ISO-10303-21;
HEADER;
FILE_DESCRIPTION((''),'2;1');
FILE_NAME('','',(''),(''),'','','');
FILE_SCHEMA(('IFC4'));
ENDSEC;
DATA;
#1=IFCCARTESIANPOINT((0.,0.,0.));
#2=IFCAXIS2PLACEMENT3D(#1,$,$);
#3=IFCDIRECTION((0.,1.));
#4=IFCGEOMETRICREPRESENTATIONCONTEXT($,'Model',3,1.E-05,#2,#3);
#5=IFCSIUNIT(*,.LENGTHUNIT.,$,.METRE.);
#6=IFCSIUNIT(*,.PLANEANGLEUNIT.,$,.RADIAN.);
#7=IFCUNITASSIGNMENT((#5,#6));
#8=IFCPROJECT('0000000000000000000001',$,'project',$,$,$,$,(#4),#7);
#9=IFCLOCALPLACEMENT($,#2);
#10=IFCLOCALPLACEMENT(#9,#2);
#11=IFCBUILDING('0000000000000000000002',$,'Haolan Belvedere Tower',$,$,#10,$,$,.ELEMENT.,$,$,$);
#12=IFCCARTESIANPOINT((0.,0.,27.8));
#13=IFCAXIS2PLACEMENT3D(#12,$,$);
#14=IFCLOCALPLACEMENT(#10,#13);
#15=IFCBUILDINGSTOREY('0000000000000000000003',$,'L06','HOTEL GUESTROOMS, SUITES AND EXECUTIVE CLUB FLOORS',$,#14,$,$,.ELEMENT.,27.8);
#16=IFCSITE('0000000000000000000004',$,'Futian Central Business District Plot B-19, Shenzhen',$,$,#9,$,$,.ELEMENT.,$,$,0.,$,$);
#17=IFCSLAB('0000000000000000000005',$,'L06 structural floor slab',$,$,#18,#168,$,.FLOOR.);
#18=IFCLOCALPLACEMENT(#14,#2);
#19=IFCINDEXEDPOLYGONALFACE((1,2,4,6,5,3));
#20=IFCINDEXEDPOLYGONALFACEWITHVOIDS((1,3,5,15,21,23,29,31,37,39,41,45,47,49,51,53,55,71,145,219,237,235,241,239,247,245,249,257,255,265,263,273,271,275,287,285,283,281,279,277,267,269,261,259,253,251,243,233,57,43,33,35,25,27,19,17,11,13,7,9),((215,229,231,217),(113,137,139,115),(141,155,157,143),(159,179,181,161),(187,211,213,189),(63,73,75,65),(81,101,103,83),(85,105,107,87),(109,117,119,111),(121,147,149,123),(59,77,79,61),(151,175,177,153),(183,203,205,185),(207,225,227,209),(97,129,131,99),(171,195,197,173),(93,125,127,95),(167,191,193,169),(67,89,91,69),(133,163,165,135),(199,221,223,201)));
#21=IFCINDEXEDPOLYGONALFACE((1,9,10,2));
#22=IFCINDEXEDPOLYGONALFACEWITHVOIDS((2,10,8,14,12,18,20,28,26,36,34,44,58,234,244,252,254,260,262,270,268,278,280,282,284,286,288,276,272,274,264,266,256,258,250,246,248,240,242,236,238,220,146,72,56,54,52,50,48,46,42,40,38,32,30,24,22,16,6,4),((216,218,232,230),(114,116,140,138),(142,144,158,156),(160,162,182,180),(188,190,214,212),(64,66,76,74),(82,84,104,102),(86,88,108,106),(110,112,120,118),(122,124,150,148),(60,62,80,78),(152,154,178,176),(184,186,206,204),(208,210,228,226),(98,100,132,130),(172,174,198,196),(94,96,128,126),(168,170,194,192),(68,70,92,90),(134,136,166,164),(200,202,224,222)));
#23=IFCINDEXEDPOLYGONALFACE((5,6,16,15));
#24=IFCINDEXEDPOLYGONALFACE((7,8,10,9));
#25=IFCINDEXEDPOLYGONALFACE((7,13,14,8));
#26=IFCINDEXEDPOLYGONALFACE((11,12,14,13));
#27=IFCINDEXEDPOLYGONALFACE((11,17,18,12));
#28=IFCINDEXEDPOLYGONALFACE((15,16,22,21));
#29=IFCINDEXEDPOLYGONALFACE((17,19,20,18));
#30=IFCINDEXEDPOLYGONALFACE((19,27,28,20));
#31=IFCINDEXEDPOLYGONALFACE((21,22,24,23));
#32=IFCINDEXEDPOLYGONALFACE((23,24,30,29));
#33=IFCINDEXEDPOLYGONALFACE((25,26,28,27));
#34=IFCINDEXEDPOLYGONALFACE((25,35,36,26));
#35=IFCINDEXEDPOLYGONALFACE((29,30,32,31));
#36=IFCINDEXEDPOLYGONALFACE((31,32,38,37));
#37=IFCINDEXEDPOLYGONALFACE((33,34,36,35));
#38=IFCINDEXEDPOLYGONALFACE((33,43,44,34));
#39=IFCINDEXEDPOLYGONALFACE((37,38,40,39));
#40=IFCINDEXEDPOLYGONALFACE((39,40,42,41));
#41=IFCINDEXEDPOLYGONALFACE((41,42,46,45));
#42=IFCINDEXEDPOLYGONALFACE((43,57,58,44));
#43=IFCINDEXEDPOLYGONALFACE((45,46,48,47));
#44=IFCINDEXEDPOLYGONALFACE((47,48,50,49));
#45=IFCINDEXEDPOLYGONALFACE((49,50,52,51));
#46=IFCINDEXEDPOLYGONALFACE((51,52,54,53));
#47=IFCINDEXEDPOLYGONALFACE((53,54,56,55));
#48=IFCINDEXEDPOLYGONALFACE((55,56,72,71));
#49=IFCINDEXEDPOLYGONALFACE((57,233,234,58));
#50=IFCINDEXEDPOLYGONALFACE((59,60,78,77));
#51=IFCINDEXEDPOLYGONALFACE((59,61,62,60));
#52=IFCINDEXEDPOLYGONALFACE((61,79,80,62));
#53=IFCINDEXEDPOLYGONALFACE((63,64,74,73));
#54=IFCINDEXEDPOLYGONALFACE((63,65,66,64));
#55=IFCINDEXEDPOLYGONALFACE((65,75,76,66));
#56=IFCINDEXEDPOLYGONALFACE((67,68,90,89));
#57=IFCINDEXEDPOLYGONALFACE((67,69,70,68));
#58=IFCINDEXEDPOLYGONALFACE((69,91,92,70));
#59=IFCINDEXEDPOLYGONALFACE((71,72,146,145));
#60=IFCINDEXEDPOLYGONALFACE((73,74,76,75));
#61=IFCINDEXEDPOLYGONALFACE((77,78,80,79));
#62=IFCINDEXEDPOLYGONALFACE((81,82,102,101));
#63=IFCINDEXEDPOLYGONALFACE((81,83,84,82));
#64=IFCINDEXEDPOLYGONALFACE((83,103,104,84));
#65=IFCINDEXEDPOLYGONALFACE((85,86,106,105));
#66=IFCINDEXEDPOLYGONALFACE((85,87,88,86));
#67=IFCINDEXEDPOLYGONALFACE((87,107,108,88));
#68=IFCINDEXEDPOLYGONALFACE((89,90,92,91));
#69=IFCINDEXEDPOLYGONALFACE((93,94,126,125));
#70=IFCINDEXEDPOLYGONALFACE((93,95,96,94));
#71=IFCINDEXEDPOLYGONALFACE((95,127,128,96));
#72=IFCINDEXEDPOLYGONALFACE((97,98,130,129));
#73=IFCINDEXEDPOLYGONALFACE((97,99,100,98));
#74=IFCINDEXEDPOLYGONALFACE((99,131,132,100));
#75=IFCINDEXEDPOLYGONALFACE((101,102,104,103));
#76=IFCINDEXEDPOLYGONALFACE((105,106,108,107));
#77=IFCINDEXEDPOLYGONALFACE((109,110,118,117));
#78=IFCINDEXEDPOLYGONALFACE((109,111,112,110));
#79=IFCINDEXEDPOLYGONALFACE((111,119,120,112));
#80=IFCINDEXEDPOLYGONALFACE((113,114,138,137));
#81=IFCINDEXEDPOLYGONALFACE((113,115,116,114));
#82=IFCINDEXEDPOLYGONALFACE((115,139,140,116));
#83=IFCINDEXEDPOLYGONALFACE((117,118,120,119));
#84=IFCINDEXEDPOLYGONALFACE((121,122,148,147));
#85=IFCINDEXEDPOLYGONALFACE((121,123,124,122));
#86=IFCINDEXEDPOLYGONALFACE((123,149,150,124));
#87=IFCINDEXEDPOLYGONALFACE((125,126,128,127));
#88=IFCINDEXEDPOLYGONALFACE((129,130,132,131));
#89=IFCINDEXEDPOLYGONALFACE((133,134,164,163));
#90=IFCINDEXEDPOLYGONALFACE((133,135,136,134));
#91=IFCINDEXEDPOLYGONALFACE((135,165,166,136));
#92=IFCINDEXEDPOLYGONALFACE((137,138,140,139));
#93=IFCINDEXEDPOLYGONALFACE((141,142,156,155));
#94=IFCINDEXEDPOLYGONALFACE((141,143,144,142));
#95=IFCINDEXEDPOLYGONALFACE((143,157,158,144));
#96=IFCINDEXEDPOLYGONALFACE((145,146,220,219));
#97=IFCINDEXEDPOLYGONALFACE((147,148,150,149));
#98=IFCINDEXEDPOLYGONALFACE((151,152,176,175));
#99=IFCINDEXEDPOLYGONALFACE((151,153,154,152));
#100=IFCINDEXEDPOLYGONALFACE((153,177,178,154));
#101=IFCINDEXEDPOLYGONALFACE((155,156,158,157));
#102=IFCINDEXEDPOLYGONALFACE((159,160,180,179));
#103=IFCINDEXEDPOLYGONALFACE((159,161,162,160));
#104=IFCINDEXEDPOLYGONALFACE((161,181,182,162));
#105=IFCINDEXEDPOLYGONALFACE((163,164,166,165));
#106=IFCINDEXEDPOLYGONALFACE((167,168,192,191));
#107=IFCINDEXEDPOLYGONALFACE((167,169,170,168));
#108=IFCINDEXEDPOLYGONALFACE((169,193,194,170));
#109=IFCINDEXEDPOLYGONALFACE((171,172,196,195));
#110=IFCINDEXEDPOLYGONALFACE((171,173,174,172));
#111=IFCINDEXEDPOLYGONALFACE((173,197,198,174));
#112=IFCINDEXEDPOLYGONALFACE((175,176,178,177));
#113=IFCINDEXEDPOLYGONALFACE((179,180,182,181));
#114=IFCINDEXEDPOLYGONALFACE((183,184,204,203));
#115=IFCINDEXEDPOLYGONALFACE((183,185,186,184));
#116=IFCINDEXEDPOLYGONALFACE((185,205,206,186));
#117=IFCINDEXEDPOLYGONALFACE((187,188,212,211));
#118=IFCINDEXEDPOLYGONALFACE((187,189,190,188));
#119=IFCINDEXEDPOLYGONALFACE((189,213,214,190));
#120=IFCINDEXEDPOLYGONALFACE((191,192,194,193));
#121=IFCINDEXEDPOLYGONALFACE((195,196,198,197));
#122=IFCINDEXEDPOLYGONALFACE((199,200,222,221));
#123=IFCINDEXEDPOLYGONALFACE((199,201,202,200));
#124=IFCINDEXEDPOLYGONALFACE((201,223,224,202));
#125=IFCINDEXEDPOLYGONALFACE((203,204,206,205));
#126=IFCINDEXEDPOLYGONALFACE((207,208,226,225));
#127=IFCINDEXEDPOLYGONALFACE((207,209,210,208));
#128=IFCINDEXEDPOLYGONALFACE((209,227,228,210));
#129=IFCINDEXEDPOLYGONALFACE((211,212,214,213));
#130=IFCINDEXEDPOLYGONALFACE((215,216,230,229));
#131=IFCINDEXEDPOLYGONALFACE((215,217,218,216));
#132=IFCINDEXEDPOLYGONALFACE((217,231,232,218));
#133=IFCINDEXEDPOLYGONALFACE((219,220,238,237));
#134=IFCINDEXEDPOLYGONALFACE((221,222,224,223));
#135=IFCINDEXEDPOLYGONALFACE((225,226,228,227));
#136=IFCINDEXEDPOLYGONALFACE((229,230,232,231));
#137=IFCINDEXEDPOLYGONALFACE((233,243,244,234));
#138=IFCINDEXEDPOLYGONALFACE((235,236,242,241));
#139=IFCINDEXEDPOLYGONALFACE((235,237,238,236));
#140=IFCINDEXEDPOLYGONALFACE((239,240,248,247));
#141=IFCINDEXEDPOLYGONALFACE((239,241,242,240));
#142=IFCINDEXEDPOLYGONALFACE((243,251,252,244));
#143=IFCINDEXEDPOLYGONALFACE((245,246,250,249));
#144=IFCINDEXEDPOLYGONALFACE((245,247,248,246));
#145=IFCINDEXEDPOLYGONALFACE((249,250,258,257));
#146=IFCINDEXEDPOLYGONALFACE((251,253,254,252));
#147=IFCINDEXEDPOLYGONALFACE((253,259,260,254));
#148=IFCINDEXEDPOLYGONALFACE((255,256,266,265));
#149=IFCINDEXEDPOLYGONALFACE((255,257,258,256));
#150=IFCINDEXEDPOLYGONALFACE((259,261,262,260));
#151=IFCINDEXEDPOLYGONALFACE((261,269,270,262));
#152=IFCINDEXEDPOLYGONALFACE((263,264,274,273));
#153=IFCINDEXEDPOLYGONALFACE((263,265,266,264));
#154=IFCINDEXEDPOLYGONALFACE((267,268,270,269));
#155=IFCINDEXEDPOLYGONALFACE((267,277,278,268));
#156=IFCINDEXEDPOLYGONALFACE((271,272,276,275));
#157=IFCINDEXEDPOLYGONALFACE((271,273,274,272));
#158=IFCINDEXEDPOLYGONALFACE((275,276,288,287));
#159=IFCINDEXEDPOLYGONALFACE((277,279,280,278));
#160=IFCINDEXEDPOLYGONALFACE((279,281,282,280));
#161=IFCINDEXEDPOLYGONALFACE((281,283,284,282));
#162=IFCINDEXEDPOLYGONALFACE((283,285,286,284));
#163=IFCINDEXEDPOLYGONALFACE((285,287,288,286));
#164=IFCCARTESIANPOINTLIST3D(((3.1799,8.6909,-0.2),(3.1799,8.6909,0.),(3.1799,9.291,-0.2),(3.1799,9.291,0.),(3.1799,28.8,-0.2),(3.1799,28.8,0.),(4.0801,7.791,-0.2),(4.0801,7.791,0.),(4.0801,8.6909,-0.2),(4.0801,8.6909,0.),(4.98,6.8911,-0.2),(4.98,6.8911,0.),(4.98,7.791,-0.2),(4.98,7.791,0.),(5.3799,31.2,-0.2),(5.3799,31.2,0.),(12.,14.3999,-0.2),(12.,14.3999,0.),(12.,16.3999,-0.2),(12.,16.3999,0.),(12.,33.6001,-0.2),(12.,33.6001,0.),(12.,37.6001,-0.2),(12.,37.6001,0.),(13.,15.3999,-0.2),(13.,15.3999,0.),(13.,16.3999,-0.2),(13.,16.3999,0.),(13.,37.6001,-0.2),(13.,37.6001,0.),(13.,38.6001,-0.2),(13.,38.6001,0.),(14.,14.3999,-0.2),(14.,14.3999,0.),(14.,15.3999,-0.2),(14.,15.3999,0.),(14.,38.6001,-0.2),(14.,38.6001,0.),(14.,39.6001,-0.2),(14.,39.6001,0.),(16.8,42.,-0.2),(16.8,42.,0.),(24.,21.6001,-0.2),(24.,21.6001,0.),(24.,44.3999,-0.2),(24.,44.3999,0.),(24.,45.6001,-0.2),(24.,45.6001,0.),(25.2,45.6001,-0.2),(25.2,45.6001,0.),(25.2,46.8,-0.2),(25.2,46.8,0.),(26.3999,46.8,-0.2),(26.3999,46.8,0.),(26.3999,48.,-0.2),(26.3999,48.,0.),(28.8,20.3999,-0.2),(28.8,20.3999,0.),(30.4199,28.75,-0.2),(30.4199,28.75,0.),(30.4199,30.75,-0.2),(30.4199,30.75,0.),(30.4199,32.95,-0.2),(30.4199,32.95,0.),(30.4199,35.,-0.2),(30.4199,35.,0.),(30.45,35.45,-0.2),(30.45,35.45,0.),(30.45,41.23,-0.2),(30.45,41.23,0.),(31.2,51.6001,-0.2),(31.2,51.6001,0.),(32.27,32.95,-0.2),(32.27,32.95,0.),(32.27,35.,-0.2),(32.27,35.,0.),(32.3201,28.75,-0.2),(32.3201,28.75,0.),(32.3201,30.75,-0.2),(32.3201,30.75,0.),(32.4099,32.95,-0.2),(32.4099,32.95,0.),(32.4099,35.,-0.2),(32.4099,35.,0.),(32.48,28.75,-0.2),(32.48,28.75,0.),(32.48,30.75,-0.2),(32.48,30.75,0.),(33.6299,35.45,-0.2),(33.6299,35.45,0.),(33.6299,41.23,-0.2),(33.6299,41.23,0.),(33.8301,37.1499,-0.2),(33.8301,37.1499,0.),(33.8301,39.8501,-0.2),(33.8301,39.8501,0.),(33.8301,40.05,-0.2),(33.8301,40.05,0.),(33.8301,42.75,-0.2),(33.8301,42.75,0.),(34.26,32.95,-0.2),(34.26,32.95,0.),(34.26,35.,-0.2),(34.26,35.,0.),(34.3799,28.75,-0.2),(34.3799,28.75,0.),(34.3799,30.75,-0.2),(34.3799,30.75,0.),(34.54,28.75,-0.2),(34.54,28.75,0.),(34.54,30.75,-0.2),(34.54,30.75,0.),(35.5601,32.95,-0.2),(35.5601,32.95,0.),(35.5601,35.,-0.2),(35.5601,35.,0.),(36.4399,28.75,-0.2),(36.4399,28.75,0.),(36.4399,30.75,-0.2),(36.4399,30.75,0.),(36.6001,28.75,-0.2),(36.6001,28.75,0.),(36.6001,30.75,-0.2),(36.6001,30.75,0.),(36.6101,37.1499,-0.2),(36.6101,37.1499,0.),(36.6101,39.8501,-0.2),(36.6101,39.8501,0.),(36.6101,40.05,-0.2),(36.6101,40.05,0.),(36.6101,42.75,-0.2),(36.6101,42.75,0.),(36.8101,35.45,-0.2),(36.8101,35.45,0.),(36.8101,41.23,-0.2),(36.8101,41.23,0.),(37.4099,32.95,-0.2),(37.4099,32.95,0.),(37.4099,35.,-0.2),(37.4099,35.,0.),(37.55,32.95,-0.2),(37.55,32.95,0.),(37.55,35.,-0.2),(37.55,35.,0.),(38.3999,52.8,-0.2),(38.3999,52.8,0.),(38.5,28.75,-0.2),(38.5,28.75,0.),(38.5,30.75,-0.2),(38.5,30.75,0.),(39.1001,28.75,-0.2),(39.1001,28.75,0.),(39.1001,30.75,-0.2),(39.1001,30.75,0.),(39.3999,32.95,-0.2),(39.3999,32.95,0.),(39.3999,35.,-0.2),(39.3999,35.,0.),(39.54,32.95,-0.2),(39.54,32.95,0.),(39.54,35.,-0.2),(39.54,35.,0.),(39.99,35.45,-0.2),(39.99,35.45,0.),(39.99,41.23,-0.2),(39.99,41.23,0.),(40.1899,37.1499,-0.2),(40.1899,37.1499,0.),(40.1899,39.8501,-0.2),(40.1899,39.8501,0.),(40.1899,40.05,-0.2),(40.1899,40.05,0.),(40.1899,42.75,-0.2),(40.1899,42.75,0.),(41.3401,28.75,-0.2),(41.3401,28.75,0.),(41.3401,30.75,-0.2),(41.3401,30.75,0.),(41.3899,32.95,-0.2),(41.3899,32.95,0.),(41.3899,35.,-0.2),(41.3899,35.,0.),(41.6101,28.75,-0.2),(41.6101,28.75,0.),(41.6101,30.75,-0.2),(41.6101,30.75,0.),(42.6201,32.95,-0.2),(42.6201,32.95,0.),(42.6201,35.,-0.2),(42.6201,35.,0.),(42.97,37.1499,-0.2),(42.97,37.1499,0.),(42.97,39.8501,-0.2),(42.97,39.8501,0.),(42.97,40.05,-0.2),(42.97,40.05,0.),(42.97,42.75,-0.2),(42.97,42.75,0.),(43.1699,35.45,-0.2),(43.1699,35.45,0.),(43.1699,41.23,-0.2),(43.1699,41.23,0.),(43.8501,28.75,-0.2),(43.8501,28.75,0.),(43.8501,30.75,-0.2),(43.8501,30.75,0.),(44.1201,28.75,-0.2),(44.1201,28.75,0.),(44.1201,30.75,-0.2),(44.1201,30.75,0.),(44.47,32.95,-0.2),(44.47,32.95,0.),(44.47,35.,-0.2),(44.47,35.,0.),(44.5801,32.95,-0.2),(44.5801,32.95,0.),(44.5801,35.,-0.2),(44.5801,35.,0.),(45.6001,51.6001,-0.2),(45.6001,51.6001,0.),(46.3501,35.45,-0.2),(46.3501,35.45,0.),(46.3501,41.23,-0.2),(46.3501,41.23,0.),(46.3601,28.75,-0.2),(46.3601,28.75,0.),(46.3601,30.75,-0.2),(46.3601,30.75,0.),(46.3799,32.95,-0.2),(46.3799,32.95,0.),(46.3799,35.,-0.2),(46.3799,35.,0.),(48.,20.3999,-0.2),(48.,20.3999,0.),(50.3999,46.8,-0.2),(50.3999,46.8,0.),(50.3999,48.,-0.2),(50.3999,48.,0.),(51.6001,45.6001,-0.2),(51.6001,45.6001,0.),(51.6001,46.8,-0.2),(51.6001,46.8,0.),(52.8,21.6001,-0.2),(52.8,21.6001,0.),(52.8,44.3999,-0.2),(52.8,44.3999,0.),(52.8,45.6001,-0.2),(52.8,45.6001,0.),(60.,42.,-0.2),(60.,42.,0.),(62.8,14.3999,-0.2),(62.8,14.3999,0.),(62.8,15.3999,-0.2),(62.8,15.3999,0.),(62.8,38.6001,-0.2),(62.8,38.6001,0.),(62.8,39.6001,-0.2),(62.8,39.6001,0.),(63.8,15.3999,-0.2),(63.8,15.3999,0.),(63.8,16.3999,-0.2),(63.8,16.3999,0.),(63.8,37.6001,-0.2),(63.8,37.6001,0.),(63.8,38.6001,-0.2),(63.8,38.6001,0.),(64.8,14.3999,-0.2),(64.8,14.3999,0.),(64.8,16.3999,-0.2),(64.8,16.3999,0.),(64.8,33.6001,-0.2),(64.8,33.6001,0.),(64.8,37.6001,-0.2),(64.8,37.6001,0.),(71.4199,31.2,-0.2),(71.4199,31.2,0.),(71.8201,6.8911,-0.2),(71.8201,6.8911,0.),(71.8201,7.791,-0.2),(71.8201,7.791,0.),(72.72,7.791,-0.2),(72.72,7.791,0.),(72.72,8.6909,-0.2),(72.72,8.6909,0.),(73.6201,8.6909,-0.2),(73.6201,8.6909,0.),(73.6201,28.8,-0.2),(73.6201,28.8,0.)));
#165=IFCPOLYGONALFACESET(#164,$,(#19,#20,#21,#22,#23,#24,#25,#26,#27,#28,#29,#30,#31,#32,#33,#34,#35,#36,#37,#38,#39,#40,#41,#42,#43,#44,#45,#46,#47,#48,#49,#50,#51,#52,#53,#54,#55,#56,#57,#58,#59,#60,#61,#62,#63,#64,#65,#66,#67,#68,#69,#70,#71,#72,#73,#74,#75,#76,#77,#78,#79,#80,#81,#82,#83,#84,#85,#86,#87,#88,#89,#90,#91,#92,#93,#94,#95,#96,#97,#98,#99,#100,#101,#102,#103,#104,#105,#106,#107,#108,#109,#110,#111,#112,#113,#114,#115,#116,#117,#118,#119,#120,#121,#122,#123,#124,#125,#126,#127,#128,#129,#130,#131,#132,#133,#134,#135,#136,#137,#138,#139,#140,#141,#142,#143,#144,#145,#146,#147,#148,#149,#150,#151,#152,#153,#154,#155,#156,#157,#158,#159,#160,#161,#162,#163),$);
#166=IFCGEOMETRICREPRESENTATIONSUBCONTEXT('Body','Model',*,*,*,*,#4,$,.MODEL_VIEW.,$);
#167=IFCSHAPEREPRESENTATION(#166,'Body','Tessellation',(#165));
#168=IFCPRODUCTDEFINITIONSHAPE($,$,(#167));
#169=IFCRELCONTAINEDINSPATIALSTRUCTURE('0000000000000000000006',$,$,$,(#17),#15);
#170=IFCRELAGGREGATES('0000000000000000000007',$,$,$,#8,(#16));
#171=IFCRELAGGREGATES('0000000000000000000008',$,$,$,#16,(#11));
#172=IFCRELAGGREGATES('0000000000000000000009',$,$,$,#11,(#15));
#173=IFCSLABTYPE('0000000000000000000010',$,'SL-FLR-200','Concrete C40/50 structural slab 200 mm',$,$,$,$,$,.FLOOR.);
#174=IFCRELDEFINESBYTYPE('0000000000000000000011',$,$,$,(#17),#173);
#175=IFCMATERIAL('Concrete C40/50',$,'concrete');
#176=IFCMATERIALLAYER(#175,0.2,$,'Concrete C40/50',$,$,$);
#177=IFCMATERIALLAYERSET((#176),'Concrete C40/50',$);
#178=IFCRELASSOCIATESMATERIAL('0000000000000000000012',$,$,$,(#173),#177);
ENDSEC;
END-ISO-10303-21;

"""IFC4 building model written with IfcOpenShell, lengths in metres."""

from ifc_helpers import new_model, si_unit, direction, frame, origin, place, context, subcontext, project, spatial, polyline, outline, extrude, material, layer, layer_set, type_object, element, save


model = new_model("IFC4")

# Units and contexts
model_context = context("Model", 3, precision=1e-05, world=origin(), true_north=direction((0.0, 1.0)))
body_context = subcontext(model_context, "Body", "Model", "MODEL_VIEW")
ifc_project = project(units=[si_unit("LENGTHUNIT", "METRE"), si_unit("PLANEANGLEUNIT", "RADIAN")], contexts=[model_context])

# Site, building, storey
site_placement = place(None, origin())
site = spatial("IfcSite", under=ifc_project, at=site_placement, Name="Futian Central Business District Plot B-19, Shenzhen", CompositionType="ELEMENT", RefElevation=0.0)
building_placement = place(site_placement, origin())
building = spatial("IfcBuilding", under=site, at=building_placement, Name="Haolan Belvedere Tower", CompositionType="ELEMENT")
storey_placement = place(building_placement, frame((0.0, 0.0, 27.8)))
storey = spatial("IfcBuildingStorey", under=building, at=storey_placement, Name="L06", Description="HOTEL GUESTROOMS, SUITES AND EXECUTIVE CLUB FLOORS", CompositionType="ELEMENT", Elevation=27.8)

# Slab
ifc_material_1 = material(Name="Concrete C40/50", Category="concrete")
ifc_layer_1 = layer(ifc_material_1, 0.2, Name="Concrete C40/50")
ifc_layer_set_1 = layer_set([ifc_layer_1], Name="Concrete C40/50")
slab_type_1 = type_object("IfcSlabType", Name="SL-FLR-200", Description="Concrete C40/50 structural slab 200 mm", PredefinedType="FLOOR", material=ifc_layer_set_1)
slab_1_placement = place(storey_placement, frame((0.0, 0.0, -0.2)))
element("IfcSlab", 1, at=slab_1_placement, inside=storey, type_object=slab_type_1, Name="L06 structural floor slab", PredefinedType="FLOOR", context=body_context, shape_type="SweptSolid", body=[
    extrude(outline(polyline([(3.1799, 28.8), (3.1799, 9.291), (3.1799, 8.6909), (4.0801, 8.6909), (4.0801, 7.791), (4.98, 7.791), (4.98, 6.8911), (12.0, 14.3999), (12.0, 16.3999), (13.0, 16.3999), (13.0, 15.3999), (14.0, 15.3999), (14.0, 14.3999), (24.0, 21.6001), (28.8, 20.3999), (48.0, 20.3999), (52.8, 21.6001), (62.8, 14.3999), (62.8, 15.3999), (63.8, 15.3999), (63.8, 16.3999), (64.8, 16.3999), (64.8, 14.3999), (71.8201, 6.8911), (71.8201, 7.791), (72.72, 7.791), (72.72, 8.6909), (73.6201, 8.6909), (73.6201, 28.8), (71.4199, 31.2), (64.8, 33.6001), (64.8, 37.6001), (63.8, 37.6001), (63.8, 38.6001), (62.8, 38.6001), (62.8, 39.6001), (60.0, 42.0), (52.8, 44.3999), (52.8, 45.6001), (51.6001, 45.6001), (51.6001, 46.8), (50.3999, 46.8), (50.3999, 48.0), (45.6001, 51.6001), (38.3999, 52.8), (31.2, 51.6001), (26.3999, 48.0), (26.3999, 46.8), (25.2, 46.8), (25.2, 45.6001), (24.0, 45.6001), (24.0, 44.3999), (16.8, 42.0), (14.0, 39.6001), (14.0, 38.6001), (13.0, 38.6001), (13.0, 37.6001), (12.0, 37.6001), (12.0, 33.6001), (5.3799, 31.2), (3.1799, 28.8)]), holes=[polyline([(30.45, 41.23), (30.45, 35.45), (33.6299, 35.45), (33.6299, 41.23), (30.45, 41.23)]), polyline([(36.8101, 41.23), (36.8101, 35.45), (39.99, 35.45), (39.99, 41.23), (36.8101, 41.23)]), polyline([(43.1699, 41.23), (43.1699, 35.45), (46.3501, 35.45), (46.3501, 41.23), (43.1699, 41.23)]), polyline([(33.8301, 40.05), (36.6101, 40.05), (36.6101, 42.75), (33.8301, 42.75), (33.8301, 40.05)]), polyline([(33.8301, 37.1499), (36.6101, 37.1499), (36.6101, 39.8501), (33.8301, 39.8501), (33.8301, 37.1499)]), polyline([(40.1899, 40.05), (42.97, 40.05), (42.97, 42.75), (40.1899, 42.75), (40.1899, 40.05)]), polyline([(40.1899, 37.1499), (42.97, 37.1499), (42.97, 39.8501), (40.1899, 39.8501), (40.1899, 37.1499)]), polyline([(30.4199, 32.95), (32.27, 32.95), (32.27, 35.0), (30.4199, 35.0), (30.4199, 32.95)]), polyline([(32.4099, 32.95), (34.26, 32.95), (34.26, 35.0), (32.4099, 35.0), (32.4099, 32.95)]), polyline([(35.5601, 32.95), (37.4099, 32.95), (37.4099, 35.0), (35.5601, 35.0), (35.5601, 32.95)]), polyline([(37.55, 32.95), (39.3999, 32.95), (39.3999, 35.0), (37.55, 35.0), (37.55, 32.95)]), polyline([(39.54, 32.95), (41.3899, 32.95), (41.3899, 35.0), (39.54, 35.0), (39.54, 32.95)]), polyline([(42.6201, 32.95), (44.47, 32.95), (44.47, 35.0), (42.6201, 35.0), (42.6201, 32.95)]), polyline([(44.5801, 32.95), (46.3799, 32.95), (46.3799, 35.0), (44.5801, 35.0), (44.5801, 32.95)]), polyline([(30.4199, 28.75), (32.3201, 28.75), (32.3201, 30.75), (30.4199, 30.75), (30.4199, 28.75)]), polyline([(32.48, 28.75), (34.3799, 28.75), (34.3799, 30.75), (32.48, 30.75), (32.48, 28.75)]), polyline([(34.54, 28.75), (36.4399, 28.75), (36.4399, 30.75), (34.54, 30.75), (34.54, 28.75)]), polyline([(36.6001, 28.75), (38.5, 28.75), (38.5, 30.75), (36.6001, 30.75), (36.6001, 28.75)]), polyline([(39.1001, 28.75), (41.3401, 28.75), (41.3401, 30.75), (39.1001, 30.75), (39.1001, 28.75)]), polyline([(41.6101, 28.75), (43.8501, 28.75), (43.8501, 30.75), (41.6101, 30.75), (41.6101, 28.75)]), polyline([(44.1201, 28.75), (46.3601, 28.75), (46.3601, 30.75), (44.1201, 30.75), (44.1201, 28.75)])]), origin(), (0.0, 0.0, 1.0), 0.2),
])

save(model, "model.ifc")
